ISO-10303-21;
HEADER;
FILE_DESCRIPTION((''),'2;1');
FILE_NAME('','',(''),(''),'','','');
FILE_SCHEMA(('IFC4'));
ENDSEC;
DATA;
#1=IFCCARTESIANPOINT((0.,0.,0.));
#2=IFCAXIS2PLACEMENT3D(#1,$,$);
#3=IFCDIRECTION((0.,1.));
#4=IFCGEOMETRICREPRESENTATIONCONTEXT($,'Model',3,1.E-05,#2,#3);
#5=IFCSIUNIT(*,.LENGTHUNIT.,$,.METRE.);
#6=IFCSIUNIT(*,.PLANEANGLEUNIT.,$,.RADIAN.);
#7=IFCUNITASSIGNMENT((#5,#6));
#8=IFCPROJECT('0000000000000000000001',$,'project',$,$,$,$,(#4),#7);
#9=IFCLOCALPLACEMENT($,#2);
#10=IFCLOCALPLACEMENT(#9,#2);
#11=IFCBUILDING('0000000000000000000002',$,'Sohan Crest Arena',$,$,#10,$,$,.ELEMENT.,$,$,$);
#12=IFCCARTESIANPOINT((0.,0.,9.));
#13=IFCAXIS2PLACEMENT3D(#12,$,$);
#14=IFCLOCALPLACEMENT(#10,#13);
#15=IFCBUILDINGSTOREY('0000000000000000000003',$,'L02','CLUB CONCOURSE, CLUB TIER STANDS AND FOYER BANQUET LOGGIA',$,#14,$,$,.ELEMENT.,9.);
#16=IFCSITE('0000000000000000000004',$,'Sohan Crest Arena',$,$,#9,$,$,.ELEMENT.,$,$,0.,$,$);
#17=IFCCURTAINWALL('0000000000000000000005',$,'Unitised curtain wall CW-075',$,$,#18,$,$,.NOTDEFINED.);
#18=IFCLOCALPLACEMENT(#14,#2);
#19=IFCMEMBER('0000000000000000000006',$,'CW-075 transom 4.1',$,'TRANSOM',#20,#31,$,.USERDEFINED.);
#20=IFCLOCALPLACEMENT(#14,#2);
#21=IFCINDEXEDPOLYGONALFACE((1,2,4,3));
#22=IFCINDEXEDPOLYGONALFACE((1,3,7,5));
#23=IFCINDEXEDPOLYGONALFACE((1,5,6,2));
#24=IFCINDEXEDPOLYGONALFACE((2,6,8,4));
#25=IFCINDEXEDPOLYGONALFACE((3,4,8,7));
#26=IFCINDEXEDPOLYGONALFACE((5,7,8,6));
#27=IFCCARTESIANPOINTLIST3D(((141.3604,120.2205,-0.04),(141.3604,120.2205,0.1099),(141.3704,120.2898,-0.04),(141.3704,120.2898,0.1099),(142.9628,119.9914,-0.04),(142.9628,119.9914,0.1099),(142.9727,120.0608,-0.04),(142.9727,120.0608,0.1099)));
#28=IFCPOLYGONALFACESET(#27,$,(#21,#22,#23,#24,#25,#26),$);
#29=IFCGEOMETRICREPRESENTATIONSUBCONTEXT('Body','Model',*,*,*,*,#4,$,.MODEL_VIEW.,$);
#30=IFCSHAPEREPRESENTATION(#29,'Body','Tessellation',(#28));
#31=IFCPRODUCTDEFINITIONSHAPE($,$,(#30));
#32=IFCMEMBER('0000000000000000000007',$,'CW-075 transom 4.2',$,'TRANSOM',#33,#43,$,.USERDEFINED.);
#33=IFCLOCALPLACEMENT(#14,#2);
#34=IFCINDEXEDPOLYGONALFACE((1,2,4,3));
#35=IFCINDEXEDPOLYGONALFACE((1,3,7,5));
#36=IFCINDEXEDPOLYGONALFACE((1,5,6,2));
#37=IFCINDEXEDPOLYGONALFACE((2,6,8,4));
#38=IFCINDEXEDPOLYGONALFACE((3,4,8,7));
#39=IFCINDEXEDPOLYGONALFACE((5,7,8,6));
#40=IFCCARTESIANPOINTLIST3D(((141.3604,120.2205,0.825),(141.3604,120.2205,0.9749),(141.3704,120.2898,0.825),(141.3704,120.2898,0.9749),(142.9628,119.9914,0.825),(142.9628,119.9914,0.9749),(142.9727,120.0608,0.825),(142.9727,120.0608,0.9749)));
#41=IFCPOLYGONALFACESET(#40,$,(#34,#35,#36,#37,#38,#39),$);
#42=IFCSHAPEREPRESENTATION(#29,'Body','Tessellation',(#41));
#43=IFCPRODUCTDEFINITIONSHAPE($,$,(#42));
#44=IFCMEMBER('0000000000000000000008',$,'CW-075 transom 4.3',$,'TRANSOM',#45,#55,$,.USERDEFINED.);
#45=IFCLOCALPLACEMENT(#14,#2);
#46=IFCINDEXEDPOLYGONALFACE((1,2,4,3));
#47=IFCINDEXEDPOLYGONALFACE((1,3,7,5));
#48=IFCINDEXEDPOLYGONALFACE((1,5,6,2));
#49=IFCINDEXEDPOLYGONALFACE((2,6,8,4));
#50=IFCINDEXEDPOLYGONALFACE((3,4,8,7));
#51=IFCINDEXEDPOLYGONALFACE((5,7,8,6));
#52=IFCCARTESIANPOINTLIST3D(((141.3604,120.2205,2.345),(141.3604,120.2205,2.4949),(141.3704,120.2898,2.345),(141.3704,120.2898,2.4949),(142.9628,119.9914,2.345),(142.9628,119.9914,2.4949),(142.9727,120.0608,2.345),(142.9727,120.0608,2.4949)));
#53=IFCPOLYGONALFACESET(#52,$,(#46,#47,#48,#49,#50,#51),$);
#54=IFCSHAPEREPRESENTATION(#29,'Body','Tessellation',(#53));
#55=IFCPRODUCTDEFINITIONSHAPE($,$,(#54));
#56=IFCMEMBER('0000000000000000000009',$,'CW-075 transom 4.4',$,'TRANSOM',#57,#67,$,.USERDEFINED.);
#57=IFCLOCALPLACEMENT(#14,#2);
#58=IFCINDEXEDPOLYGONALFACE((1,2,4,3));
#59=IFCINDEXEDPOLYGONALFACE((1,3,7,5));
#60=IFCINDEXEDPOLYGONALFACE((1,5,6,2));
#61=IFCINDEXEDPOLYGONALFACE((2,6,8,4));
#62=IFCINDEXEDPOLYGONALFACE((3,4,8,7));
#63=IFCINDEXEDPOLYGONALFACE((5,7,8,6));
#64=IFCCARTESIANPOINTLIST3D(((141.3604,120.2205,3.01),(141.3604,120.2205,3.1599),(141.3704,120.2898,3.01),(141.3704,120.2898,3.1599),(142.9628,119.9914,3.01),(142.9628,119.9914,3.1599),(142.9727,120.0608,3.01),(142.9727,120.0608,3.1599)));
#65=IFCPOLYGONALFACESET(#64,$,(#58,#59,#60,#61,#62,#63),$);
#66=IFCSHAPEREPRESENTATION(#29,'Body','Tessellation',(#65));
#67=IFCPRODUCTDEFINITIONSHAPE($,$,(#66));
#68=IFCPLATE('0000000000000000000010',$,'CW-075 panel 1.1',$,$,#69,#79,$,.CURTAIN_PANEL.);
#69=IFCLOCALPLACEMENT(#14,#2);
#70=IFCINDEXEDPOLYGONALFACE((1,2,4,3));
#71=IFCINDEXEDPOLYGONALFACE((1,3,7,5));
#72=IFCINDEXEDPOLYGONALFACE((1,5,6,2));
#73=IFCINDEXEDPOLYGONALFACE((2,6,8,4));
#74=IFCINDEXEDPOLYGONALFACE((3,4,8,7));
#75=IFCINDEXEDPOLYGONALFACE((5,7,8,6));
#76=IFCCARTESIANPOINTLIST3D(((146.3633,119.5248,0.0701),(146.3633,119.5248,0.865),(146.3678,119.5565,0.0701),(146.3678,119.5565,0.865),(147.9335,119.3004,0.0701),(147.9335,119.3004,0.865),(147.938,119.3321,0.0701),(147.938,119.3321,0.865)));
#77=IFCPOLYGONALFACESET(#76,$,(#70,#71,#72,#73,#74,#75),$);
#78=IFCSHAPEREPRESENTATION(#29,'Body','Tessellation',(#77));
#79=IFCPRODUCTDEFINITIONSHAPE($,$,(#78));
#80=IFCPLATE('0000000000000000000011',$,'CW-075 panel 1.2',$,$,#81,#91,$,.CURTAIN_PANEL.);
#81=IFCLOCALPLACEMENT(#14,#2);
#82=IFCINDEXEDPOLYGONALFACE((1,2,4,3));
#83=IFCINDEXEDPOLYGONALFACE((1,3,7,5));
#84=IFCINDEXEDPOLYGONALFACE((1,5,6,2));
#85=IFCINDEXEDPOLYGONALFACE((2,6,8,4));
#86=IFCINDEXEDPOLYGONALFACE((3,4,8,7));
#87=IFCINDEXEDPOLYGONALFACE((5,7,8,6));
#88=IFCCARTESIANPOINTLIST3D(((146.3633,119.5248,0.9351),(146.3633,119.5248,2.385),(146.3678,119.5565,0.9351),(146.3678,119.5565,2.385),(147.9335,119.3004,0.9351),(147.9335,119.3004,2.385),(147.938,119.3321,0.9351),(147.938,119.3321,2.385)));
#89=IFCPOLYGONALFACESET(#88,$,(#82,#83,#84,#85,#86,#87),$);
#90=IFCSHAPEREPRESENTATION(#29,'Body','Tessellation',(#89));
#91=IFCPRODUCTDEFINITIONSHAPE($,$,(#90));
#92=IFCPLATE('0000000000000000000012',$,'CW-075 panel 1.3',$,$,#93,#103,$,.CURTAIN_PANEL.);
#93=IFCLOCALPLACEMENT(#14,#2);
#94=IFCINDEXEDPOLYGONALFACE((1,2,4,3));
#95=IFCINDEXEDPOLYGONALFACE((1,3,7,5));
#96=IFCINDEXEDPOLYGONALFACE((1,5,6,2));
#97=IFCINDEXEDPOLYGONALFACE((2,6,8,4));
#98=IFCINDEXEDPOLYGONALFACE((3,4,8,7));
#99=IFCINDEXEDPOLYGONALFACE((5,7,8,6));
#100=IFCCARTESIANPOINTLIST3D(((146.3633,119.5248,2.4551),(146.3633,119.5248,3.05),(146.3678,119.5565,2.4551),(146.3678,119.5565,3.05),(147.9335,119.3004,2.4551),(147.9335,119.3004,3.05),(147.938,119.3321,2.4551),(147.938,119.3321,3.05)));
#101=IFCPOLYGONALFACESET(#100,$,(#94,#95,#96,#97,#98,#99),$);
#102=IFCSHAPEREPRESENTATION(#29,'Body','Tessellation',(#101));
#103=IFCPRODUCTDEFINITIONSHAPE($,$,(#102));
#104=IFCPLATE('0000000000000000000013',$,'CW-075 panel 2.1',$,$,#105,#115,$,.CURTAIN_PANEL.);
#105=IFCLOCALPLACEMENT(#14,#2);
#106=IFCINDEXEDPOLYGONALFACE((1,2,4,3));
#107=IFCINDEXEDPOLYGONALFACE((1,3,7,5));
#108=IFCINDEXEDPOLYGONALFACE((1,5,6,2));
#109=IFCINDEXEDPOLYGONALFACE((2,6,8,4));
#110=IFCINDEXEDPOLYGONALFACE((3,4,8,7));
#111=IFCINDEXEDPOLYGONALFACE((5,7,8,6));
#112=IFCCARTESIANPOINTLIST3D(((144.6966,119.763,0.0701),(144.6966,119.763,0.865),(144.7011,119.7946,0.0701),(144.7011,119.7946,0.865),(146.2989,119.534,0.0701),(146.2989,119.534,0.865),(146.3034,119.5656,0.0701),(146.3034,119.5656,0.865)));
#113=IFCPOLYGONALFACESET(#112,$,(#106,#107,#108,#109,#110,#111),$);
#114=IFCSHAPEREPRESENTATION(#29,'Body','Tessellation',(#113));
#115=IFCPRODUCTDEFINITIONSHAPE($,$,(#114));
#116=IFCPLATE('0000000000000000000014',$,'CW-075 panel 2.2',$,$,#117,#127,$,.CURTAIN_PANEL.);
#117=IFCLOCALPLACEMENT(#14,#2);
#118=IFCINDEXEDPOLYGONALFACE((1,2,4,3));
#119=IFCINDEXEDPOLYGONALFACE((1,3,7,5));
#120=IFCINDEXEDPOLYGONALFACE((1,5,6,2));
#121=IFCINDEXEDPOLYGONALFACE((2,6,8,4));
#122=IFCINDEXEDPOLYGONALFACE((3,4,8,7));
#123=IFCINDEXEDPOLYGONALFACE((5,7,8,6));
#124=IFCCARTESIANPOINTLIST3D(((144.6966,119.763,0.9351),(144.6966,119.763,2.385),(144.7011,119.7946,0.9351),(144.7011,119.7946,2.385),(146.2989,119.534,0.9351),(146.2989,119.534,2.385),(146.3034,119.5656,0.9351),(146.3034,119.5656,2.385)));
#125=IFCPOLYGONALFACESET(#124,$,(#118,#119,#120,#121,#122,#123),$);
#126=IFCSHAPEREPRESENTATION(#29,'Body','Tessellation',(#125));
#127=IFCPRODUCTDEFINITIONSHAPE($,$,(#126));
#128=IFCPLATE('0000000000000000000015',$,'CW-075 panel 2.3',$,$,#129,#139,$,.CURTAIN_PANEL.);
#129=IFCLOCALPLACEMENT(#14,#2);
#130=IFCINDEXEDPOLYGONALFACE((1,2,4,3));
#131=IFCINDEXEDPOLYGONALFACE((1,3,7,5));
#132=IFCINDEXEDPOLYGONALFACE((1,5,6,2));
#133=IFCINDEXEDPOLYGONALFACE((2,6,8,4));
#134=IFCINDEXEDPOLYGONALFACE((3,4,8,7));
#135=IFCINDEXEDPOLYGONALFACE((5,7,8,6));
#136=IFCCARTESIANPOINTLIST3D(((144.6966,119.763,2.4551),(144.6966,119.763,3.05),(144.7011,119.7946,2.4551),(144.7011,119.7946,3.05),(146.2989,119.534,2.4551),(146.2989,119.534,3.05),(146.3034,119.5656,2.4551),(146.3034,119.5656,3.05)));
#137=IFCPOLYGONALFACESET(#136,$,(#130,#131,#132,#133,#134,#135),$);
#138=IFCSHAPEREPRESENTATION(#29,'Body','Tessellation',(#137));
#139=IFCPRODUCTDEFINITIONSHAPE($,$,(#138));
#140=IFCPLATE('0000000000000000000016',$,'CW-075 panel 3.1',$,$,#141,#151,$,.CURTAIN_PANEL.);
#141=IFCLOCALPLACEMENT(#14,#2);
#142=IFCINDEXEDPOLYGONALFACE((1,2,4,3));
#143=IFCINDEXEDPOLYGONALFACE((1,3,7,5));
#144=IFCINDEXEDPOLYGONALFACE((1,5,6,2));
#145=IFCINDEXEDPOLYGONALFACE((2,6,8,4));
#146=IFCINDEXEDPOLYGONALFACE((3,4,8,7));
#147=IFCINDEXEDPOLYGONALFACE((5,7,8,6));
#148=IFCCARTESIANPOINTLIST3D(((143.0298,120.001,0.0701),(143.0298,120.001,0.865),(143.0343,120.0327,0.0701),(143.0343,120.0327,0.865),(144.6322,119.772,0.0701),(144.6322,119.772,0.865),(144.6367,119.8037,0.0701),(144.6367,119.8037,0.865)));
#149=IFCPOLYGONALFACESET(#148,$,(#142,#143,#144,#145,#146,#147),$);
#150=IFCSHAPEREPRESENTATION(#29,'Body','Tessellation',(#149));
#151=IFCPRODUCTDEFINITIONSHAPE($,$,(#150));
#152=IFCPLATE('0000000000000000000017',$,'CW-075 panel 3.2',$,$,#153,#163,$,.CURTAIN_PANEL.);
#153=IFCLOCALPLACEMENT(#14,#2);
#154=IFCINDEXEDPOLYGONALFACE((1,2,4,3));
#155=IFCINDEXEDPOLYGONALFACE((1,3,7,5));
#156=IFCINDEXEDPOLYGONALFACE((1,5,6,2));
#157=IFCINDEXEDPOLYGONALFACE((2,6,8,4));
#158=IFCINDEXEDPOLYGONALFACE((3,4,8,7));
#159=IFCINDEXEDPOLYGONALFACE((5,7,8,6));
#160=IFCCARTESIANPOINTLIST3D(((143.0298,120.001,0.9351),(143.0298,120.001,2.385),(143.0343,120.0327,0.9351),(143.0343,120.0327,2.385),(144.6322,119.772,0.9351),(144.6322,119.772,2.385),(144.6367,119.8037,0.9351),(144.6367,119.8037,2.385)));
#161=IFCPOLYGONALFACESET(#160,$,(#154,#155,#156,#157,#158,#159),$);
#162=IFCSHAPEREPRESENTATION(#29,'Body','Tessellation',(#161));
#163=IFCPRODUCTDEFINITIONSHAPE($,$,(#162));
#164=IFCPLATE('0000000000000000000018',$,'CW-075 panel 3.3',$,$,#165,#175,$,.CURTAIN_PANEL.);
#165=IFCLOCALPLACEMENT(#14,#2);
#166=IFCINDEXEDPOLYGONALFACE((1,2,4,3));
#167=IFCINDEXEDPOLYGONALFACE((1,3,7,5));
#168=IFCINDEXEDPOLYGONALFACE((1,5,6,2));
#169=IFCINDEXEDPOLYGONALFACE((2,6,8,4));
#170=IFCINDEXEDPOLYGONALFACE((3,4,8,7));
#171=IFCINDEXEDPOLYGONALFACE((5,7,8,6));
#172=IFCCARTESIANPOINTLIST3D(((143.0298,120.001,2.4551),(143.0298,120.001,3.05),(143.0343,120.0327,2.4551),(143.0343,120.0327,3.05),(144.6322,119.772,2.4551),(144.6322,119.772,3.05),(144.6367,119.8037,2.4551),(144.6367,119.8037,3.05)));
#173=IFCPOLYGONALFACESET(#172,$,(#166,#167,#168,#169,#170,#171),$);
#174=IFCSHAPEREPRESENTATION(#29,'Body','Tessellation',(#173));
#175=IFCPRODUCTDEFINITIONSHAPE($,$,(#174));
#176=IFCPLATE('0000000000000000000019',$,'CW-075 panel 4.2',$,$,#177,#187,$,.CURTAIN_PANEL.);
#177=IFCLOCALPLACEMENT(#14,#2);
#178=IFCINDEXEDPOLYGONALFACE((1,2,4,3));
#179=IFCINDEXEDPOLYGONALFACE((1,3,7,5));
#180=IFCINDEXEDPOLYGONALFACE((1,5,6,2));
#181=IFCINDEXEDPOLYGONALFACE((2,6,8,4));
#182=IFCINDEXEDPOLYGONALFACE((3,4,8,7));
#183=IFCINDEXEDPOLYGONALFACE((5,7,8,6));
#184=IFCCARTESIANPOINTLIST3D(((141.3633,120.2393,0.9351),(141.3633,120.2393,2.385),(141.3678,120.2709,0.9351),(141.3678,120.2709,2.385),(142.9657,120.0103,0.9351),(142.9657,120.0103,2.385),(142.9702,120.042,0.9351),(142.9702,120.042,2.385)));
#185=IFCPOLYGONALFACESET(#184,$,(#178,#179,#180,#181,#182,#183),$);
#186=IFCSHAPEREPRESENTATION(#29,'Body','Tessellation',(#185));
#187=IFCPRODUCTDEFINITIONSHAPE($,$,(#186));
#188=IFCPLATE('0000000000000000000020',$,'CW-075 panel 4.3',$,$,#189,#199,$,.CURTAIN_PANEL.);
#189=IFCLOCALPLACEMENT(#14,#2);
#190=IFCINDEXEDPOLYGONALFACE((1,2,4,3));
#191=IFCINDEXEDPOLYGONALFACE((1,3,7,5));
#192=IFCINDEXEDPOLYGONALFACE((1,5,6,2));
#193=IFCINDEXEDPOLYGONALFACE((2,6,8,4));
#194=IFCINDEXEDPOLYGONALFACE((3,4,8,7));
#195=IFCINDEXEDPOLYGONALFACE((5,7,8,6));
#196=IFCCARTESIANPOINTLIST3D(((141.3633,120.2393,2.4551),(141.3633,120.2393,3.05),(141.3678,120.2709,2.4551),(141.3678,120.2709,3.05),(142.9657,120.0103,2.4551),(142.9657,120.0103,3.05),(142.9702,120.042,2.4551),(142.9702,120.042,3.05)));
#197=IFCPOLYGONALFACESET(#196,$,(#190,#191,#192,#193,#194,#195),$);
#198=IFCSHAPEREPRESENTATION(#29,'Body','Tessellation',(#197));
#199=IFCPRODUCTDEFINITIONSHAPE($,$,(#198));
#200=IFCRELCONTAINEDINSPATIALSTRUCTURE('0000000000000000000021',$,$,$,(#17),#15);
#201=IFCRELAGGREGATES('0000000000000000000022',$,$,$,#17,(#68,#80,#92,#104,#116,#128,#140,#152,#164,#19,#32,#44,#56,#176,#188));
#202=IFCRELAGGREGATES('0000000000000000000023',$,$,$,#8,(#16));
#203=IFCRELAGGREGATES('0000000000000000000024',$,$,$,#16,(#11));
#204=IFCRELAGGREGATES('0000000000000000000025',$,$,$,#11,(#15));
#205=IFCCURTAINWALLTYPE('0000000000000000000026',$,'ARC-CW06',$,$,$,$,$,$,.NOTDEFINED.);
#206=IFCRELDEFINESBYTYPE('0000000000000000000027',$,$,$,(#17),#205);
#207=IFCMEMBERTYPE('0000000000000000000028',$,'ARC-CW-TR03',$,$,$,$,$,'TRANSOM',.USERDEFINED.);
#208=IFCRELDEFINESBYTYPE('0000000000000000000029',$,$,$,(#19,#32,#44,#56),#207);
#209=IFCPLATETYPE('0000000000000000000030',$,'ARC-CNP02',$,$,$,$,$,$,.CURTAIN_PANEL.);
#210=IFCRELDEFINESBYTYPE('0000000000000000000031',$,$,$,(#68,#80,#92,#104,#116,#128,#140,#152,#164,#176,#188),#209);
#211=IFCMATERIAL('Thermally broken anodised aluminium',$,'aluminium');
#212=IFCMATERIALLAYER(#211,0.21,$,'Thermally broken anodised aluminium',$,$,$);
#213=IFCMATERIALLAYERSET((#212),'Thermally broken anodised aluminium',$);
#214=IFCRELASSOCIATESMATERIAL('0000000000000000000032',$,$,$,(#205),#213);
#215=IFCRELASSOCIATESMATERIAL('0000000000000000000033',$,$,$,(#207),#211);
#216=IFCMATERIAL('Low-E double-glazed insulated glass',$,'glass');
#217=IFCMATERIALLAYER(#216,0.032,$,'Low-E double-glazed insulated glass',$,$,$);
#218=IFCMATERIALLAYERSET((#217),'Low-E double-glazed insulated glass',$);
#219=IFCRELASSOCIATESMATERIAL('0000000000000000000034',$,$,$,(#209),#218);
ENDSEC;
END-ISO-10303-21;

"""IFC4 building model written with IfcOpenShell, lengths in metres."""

from ifc_helpers import new_model, si_unit, direction, frame, origin, origin_2d, place, context, subcontext, project, spatial, rectangle, extrude, material, layer, layer_set, material_profile, profile_set, type_object, element, aggregate, save


model = new_model("IFC4")

# Units and contexts
model_context = context("Model", 3, precision=1e-05, world=origin(), true_north=direction((0.0, 1.0)))
body_context = subcontext(model_context, "Body", "Model", "MODEL_VIEW")
ifc_project = project(units=[si_unit("LENGTHUNIT", "METRE"), si_unit("PLANEANGLEUNIT", "RADIAN")], contexts=[model_context])

# Site, building, storey
site_placement = place(None, origin())
site = spatial("IfcSite", under=ifc_project, at=site_placement, Name="Sohan Crest Arena", CompositionType="ELEMENT", RefElevation=0.0)
building_placement = place(site_placement, origin())
building = spatial("IfcBuilding", under=site, at=building_placement, Name="Sohan Crest Arena", CompositionType="ELEMENT")
storey_placement = place(building_placement, frame((0.0, 0.0, 9.0)))
storey = spatial("IfcBuildingStorey", under=building, at=storey_placement, Name="L02", Description="CLUB CONCOURSE, CLUB TIER STANDS AND FOYER BANQUET LOGGIA", CompositionType="ELEMENT", Elevation=9.0)

# Curtain wall, members, plates
ifc_material_1 = material(Name="Thermally broken anodised aluminium", Category="aluminium")
ifc_layer_1 = layer(ifc_material_1, 0.21, Name="Thermally broken anodised aluminium")
ifc_layer_set_1 = layer_set([ifc_layer_1], Name="Thermally broken anodised aluminium")
curtain_wall_type = type_object("IfcCurtainWallType", Name="ARC-CW06", PredefinedType="NOTDEFINED", material=ifc_layer_set_1)
curtain_wall_placement = place(storey_placement, origin())
curtain_wall = element("IfcCurtainWall", 1, at=curtain_wall_placement, inside=storey, type_object=curtain_wall_type, Name="Unitised curtain wall CW-075", PredefinedType="NOTDEFINED")
ifc_material_profile_1 = material_profile(ifc_material_1, rectangle(XDim=0.0701, YDim=0.1499, at=origin_2d()), Name="ALU-TRAN 70x150")
ifc_profile_set_1 = profile_set([ifc_material_profile_1], Name="Thermally broken anodised aluminium")
member_type_1 = type_object("IfcMemberType", Name="ARC-CW-TR03", ElementType="TRANSOM", PredefinedType="USERDEFINED", material=ifc_profile_set_1)
member_1_placement = place(storey_placement, frame((142.9678, 120.0261, 0.0349), z_axis=(-0.98994, 0.141485, 0.0), x_axis=(-0.141485, -0.98994, 0.0)))
member_1 = element("IfcMember", 2, at=member_1_placement, type_object=member_type_1, Name="CW-075 transom 4.1", ObjectType="TRANSOM", PredefinedType="USERDEFINED", context=body_context, shape_type="SweptSolid", body=[
    extrude(rectangle(XDim=0.0701, YDim=0.1499, at=origin_2d()), origin(), (0.0, 0.0, 1.0), 1.6187),
])
member_2_placement = place(storey_placement, frame((142.9678, 120.0261, 0.8999), z_axis=(-0.98994, 0.141485, 0.0), x_axis=(-0.141485, -0.98994, 0.0)))
member_2 = element("IfcMember", 3, at=member_2_placement, type_object=member_type_1, Name="CW-075 transom 4.2", ObjectType="TRANSOM", PredefinedType="USERDEFINED", context=body_context, shape_type="SweptSolid", body=[
    extrude(rectangle(XDim=0.0701, YDim=0.1499, at=origin_2d()), origin(), (0.0, 0.0, 1.0), 1.6187),
])
member_3_placement = place(storey_placement, frame((142.9678, 120.0261, 2.4199), z_axis=(-0.98994, 0.141485, 0.0), x_axis=(-0.141485, -0.98994, 0.0)))
member_3 = element("IfcMember", 4, at=member_3_placement, type_object=member_type_1, Name="CW-075 transom 4.3", ObjectType="TRANSOM", PredefinedType="USERDEFINED", context=body_context, shape_type="SweptSolid", body=[
    extrude(rectangle(XDim=0.0701, YDim=0.1499, at=origin_2d()), origin(), (0.0, 0.0, 1.0), 1.6187),
])
member_4_placement = place(storey_placement, frame((142.9678, 120.0261, 3.085), z_axis=(-0.98994, 0.141485, 0.0), x_axis=(-0.141485, -0.98994, 0.0)))
member_4 = element("IfcMember", 5, at=member_4_placement, type_object=member_type_1, Name="CW-075 transom 4.4", ObjectType="TRANSOM", PredefinedType="USERDEFINED", context=body_context, shape_type="SweptSolid", body=[
    extrude(rectangle(XDim=0.0701, YDim=0.1499, at=origin_2d()), origin(), (0.0, 0.0, 1.0), 1.6187),
])
ifc_material_2 = material(Name="Low-E double-glazed insulated glass", Category="glass")
ifc_layer_2 = layer(ifc_material_2, 0.032, Name="Low-E double-glazed insulated glass")
ifc_layer_set_2 = layer_set([ifc_layer_2], Name="Low-E double-glazed insulated glass")
plate_type = type_object("IfcPlateType", Name="ARC-CNP02", PredefinedType="CURTAIN_PANEL", material=ifc_layer_set_2)
plate_1_placement = place(storey_placement, frame((147.1506, 119.4285, 0.0701), z_axis=(0.0, 0.0, 1.0), x_axis=(-0.989944, 0.141463, 0.0)))
plate_1 = element("IfcPlate", 6, at=plate_1_placement, type_object=plate_type, Name="CW-075 panel 1.1", PredefinedType="CURTAIN_PANEL", context=body_context, shape_type="SweptSolid", body=[
    extrude(rectangle(XDim=1.5862, YDim=0.032, at=origin_2d()), origin(), (0.0, 0.0, 1.0), 0.7949),
])
plate_2_placement = place(storey_placement, frame((147.1506, 119.4285, 0.9351), z_axis=(0.0, 0.0, 1.0), x_axis=(-0.989944, 0.141463, 0.0)))
plate_2 = element("IfcPlate", 7, at=plate_2_placement, type_object=plate_type, Name="CW-075 panel 1.2", PredefinedType="CURTAIN_PANEL", context=body_context, shape_type="SweptSolid", body=[
    extrude(rectangle(XDim=1.5862, YDim=0.032, at=origin_2d()), origin(), (0.0, 0.0, 1.0), 1.45),
])
plate_3_placement = place(storey_placement, frame((147.1506, 119.4285, 2.4551), z_axis=(0.0, 0.0, 1.0), x_axis=(-0.989944, 0.141463, 0.0)))
plate_3 = element("IfcPlate", 8, at=plate_3_placement, type_object=plate_type, Name="CW-075 panel 1.3", PredefinedType="CURTAIN_PANEL", context=body_context, shape_type="SweptSolid", body=[
    extrude(rectangle(XDim=1.5862, YDim=0.032, at=origin_2d()), origin(), (0.0, 0.0, 1.0), 0.595),
])
plate_4_placement = place(storey_placement, frame((145.5, 119.6643, 0.0701), z_axis=(0.0, 0.0, 1.0), x_axis=(-0.989944, 0.141463, 0.0)))
plate_4 = element("IfcPlate", 9, at=plate_4_placement, type_object=plate_type, Name="CW-075 panel 2.1", PredefinedType="CURTAIN_PANEL", context=body_context, shape_type="SweptSolid", body=[
    extrude(rectangle(XDim=1.6187, YDim=0.032, at=origin_2d()), origin(), (0.0, 0.0, 1.0), 0.7949),
])
plate_5_placement = place(storey_placement, frame((145.5, 119.6643, 0.9351), z_axis=(0.0, 0.0, 1.0), x_axis=(-0.989944, 0.141463, 0.0)))
plate_5 = element("IfcPlate", 10, at=plate_5_placement, type_object=plate_type, Name="CW-075 panel 2.2", PredefinedType="CURTAIN_PANEL", context=body_context, shape_type="SweptSolid", body=[
    extrude(rectangle(XDim=1.6187, YDim=0.032, at=origin_2d()), origin(), (0.0, 0.0, 1.0), 1.45),
])
plate_6_placement = place(storey_placement, frame((145.5, 119.6643, 2.4551), z_axis=(0.0, 0.0, 1.0), x_axis=(-0.989944, 0.141463, 0.0)))
plate_6 = element("IfcPlate", 11, at=plate_6_placement, type_object=plate_type, Name="CW-075 panel 2.3", PredefinedType="CURTAIN_PANEL", context=body_context, shape_type="SweptSolid", body=[
    extrude(rectangle(XDim=1.6187, YDim=0.032, at=origin_2d()), origin(), (0.0, 0.0, 1.0), 0.595),
])
plate_7_placement = place(storey_placement, frame((143.8333, 119.9023, 0.0701), z_axis=(0.0, 0.0, 1.0), x_axis=(-0.989944, 0.141463, 0.0)))
plate_7 = element("IfcPlate", 12, at=plate_7_placement, type_object=plate_type, Name="CW-075 panel 3.1", PredefinedType="CURTAIN_PANEL", context=body_context, shape_type="SweptSolid", body=[
    extrude(rectangle(XDim=1.6187, YDim=0.032, at=origin_2d()), origin(), (0.0, 0.0, 1.0), 0.7949),
])
plate_8_placement = place(storey_placement, frame((143.8333, 119.9023, 0.9351), z_axis=(0.0, 0.0, 1.0), x_axis=(-0.989944, 0.141463, 0.0)))
plate_8 = element("IfcPlate", 13, at=plate_8_placement, type_object=plate_type, Name="CW-075 panel 3.2", PredefinedType="CURTAIN_PANEL", context=body_context, shape_type="SweptSolid", body=[
    extrude(rectangle(XDim=1.6187, YDim=0.032, at=origin_2d()), origin(), (0.0, 0.0, 1.0), 1.45),
])
plate_9_placement = place(storey_placement, frame((143.8333, 119.9023, 2.4551), z_axis=(0.0, 0.0, 1.0), x_axis=(-0.989944, 0.141463, 0.0)))
plate_9 = element("IfcPlate", 14, at=plate_9_placement, type_object=plate_type, Name="CW-075 panel 3.3", PredefinedType="CURTAIN_PANEL", context=body_context, shape_type="SweptSolid", body=[
    extrude(rectangle(XDim=1.6187, YDim=0.032, at=origin_2d()), origin(), (0.0, 0.0, 1.0), 0.595),
])
plate_10_placement = place(storey_placement, frame((142.1667, 120.1406, 0.9351), z_axis=(0.0, 0.0, 1.0), x_axis=(-0.989944, 0.141463, 0.0)))
plate_10 = element("IfcPlate", 15, at=plate_10_placement, type_object=plate_type, Name="CW-075 panel 4.2", PredefinedType="CURTAIN_PANEL", context=body_context, shape_type="SweptSolid", body=[
    extrude(rectangle(XDim=1.6187, YDim=0.032, at=origin_2d()), origin(), (0.0, 0.0, 1.0), 1.45),
])
plate_11_placement = place(storey_placement, frame((142.1667, 120.1406, 2.4551), z_axis=(0.0, 0.0, 1.0), x_axis=(-0.989944, 0.141463, 0.0)))
plate_11 = element("IfcPlate", 16, at=plate_11_placement, type_object=plate_type, Name="CW-075 panel 4.3", PredefinedType="CURTAIN_PANEL", context=body_context, shape_type="SweptSolid", body=[
    extrude(rectangle(XDim=1.6187, YDim=0.032, at=origin_2d()), origin(), (0.0, 0.0, 1.0), 0.595),
])
aggregate(curtain_wall, [plate_1, plate_2, plate_3, plate_4, plate_5, plate_6, plate_7, plate_8, plate_9, member_1, member_2, member_3, member_4, plate_10, plate_11])

save(model, "model.ifc")
